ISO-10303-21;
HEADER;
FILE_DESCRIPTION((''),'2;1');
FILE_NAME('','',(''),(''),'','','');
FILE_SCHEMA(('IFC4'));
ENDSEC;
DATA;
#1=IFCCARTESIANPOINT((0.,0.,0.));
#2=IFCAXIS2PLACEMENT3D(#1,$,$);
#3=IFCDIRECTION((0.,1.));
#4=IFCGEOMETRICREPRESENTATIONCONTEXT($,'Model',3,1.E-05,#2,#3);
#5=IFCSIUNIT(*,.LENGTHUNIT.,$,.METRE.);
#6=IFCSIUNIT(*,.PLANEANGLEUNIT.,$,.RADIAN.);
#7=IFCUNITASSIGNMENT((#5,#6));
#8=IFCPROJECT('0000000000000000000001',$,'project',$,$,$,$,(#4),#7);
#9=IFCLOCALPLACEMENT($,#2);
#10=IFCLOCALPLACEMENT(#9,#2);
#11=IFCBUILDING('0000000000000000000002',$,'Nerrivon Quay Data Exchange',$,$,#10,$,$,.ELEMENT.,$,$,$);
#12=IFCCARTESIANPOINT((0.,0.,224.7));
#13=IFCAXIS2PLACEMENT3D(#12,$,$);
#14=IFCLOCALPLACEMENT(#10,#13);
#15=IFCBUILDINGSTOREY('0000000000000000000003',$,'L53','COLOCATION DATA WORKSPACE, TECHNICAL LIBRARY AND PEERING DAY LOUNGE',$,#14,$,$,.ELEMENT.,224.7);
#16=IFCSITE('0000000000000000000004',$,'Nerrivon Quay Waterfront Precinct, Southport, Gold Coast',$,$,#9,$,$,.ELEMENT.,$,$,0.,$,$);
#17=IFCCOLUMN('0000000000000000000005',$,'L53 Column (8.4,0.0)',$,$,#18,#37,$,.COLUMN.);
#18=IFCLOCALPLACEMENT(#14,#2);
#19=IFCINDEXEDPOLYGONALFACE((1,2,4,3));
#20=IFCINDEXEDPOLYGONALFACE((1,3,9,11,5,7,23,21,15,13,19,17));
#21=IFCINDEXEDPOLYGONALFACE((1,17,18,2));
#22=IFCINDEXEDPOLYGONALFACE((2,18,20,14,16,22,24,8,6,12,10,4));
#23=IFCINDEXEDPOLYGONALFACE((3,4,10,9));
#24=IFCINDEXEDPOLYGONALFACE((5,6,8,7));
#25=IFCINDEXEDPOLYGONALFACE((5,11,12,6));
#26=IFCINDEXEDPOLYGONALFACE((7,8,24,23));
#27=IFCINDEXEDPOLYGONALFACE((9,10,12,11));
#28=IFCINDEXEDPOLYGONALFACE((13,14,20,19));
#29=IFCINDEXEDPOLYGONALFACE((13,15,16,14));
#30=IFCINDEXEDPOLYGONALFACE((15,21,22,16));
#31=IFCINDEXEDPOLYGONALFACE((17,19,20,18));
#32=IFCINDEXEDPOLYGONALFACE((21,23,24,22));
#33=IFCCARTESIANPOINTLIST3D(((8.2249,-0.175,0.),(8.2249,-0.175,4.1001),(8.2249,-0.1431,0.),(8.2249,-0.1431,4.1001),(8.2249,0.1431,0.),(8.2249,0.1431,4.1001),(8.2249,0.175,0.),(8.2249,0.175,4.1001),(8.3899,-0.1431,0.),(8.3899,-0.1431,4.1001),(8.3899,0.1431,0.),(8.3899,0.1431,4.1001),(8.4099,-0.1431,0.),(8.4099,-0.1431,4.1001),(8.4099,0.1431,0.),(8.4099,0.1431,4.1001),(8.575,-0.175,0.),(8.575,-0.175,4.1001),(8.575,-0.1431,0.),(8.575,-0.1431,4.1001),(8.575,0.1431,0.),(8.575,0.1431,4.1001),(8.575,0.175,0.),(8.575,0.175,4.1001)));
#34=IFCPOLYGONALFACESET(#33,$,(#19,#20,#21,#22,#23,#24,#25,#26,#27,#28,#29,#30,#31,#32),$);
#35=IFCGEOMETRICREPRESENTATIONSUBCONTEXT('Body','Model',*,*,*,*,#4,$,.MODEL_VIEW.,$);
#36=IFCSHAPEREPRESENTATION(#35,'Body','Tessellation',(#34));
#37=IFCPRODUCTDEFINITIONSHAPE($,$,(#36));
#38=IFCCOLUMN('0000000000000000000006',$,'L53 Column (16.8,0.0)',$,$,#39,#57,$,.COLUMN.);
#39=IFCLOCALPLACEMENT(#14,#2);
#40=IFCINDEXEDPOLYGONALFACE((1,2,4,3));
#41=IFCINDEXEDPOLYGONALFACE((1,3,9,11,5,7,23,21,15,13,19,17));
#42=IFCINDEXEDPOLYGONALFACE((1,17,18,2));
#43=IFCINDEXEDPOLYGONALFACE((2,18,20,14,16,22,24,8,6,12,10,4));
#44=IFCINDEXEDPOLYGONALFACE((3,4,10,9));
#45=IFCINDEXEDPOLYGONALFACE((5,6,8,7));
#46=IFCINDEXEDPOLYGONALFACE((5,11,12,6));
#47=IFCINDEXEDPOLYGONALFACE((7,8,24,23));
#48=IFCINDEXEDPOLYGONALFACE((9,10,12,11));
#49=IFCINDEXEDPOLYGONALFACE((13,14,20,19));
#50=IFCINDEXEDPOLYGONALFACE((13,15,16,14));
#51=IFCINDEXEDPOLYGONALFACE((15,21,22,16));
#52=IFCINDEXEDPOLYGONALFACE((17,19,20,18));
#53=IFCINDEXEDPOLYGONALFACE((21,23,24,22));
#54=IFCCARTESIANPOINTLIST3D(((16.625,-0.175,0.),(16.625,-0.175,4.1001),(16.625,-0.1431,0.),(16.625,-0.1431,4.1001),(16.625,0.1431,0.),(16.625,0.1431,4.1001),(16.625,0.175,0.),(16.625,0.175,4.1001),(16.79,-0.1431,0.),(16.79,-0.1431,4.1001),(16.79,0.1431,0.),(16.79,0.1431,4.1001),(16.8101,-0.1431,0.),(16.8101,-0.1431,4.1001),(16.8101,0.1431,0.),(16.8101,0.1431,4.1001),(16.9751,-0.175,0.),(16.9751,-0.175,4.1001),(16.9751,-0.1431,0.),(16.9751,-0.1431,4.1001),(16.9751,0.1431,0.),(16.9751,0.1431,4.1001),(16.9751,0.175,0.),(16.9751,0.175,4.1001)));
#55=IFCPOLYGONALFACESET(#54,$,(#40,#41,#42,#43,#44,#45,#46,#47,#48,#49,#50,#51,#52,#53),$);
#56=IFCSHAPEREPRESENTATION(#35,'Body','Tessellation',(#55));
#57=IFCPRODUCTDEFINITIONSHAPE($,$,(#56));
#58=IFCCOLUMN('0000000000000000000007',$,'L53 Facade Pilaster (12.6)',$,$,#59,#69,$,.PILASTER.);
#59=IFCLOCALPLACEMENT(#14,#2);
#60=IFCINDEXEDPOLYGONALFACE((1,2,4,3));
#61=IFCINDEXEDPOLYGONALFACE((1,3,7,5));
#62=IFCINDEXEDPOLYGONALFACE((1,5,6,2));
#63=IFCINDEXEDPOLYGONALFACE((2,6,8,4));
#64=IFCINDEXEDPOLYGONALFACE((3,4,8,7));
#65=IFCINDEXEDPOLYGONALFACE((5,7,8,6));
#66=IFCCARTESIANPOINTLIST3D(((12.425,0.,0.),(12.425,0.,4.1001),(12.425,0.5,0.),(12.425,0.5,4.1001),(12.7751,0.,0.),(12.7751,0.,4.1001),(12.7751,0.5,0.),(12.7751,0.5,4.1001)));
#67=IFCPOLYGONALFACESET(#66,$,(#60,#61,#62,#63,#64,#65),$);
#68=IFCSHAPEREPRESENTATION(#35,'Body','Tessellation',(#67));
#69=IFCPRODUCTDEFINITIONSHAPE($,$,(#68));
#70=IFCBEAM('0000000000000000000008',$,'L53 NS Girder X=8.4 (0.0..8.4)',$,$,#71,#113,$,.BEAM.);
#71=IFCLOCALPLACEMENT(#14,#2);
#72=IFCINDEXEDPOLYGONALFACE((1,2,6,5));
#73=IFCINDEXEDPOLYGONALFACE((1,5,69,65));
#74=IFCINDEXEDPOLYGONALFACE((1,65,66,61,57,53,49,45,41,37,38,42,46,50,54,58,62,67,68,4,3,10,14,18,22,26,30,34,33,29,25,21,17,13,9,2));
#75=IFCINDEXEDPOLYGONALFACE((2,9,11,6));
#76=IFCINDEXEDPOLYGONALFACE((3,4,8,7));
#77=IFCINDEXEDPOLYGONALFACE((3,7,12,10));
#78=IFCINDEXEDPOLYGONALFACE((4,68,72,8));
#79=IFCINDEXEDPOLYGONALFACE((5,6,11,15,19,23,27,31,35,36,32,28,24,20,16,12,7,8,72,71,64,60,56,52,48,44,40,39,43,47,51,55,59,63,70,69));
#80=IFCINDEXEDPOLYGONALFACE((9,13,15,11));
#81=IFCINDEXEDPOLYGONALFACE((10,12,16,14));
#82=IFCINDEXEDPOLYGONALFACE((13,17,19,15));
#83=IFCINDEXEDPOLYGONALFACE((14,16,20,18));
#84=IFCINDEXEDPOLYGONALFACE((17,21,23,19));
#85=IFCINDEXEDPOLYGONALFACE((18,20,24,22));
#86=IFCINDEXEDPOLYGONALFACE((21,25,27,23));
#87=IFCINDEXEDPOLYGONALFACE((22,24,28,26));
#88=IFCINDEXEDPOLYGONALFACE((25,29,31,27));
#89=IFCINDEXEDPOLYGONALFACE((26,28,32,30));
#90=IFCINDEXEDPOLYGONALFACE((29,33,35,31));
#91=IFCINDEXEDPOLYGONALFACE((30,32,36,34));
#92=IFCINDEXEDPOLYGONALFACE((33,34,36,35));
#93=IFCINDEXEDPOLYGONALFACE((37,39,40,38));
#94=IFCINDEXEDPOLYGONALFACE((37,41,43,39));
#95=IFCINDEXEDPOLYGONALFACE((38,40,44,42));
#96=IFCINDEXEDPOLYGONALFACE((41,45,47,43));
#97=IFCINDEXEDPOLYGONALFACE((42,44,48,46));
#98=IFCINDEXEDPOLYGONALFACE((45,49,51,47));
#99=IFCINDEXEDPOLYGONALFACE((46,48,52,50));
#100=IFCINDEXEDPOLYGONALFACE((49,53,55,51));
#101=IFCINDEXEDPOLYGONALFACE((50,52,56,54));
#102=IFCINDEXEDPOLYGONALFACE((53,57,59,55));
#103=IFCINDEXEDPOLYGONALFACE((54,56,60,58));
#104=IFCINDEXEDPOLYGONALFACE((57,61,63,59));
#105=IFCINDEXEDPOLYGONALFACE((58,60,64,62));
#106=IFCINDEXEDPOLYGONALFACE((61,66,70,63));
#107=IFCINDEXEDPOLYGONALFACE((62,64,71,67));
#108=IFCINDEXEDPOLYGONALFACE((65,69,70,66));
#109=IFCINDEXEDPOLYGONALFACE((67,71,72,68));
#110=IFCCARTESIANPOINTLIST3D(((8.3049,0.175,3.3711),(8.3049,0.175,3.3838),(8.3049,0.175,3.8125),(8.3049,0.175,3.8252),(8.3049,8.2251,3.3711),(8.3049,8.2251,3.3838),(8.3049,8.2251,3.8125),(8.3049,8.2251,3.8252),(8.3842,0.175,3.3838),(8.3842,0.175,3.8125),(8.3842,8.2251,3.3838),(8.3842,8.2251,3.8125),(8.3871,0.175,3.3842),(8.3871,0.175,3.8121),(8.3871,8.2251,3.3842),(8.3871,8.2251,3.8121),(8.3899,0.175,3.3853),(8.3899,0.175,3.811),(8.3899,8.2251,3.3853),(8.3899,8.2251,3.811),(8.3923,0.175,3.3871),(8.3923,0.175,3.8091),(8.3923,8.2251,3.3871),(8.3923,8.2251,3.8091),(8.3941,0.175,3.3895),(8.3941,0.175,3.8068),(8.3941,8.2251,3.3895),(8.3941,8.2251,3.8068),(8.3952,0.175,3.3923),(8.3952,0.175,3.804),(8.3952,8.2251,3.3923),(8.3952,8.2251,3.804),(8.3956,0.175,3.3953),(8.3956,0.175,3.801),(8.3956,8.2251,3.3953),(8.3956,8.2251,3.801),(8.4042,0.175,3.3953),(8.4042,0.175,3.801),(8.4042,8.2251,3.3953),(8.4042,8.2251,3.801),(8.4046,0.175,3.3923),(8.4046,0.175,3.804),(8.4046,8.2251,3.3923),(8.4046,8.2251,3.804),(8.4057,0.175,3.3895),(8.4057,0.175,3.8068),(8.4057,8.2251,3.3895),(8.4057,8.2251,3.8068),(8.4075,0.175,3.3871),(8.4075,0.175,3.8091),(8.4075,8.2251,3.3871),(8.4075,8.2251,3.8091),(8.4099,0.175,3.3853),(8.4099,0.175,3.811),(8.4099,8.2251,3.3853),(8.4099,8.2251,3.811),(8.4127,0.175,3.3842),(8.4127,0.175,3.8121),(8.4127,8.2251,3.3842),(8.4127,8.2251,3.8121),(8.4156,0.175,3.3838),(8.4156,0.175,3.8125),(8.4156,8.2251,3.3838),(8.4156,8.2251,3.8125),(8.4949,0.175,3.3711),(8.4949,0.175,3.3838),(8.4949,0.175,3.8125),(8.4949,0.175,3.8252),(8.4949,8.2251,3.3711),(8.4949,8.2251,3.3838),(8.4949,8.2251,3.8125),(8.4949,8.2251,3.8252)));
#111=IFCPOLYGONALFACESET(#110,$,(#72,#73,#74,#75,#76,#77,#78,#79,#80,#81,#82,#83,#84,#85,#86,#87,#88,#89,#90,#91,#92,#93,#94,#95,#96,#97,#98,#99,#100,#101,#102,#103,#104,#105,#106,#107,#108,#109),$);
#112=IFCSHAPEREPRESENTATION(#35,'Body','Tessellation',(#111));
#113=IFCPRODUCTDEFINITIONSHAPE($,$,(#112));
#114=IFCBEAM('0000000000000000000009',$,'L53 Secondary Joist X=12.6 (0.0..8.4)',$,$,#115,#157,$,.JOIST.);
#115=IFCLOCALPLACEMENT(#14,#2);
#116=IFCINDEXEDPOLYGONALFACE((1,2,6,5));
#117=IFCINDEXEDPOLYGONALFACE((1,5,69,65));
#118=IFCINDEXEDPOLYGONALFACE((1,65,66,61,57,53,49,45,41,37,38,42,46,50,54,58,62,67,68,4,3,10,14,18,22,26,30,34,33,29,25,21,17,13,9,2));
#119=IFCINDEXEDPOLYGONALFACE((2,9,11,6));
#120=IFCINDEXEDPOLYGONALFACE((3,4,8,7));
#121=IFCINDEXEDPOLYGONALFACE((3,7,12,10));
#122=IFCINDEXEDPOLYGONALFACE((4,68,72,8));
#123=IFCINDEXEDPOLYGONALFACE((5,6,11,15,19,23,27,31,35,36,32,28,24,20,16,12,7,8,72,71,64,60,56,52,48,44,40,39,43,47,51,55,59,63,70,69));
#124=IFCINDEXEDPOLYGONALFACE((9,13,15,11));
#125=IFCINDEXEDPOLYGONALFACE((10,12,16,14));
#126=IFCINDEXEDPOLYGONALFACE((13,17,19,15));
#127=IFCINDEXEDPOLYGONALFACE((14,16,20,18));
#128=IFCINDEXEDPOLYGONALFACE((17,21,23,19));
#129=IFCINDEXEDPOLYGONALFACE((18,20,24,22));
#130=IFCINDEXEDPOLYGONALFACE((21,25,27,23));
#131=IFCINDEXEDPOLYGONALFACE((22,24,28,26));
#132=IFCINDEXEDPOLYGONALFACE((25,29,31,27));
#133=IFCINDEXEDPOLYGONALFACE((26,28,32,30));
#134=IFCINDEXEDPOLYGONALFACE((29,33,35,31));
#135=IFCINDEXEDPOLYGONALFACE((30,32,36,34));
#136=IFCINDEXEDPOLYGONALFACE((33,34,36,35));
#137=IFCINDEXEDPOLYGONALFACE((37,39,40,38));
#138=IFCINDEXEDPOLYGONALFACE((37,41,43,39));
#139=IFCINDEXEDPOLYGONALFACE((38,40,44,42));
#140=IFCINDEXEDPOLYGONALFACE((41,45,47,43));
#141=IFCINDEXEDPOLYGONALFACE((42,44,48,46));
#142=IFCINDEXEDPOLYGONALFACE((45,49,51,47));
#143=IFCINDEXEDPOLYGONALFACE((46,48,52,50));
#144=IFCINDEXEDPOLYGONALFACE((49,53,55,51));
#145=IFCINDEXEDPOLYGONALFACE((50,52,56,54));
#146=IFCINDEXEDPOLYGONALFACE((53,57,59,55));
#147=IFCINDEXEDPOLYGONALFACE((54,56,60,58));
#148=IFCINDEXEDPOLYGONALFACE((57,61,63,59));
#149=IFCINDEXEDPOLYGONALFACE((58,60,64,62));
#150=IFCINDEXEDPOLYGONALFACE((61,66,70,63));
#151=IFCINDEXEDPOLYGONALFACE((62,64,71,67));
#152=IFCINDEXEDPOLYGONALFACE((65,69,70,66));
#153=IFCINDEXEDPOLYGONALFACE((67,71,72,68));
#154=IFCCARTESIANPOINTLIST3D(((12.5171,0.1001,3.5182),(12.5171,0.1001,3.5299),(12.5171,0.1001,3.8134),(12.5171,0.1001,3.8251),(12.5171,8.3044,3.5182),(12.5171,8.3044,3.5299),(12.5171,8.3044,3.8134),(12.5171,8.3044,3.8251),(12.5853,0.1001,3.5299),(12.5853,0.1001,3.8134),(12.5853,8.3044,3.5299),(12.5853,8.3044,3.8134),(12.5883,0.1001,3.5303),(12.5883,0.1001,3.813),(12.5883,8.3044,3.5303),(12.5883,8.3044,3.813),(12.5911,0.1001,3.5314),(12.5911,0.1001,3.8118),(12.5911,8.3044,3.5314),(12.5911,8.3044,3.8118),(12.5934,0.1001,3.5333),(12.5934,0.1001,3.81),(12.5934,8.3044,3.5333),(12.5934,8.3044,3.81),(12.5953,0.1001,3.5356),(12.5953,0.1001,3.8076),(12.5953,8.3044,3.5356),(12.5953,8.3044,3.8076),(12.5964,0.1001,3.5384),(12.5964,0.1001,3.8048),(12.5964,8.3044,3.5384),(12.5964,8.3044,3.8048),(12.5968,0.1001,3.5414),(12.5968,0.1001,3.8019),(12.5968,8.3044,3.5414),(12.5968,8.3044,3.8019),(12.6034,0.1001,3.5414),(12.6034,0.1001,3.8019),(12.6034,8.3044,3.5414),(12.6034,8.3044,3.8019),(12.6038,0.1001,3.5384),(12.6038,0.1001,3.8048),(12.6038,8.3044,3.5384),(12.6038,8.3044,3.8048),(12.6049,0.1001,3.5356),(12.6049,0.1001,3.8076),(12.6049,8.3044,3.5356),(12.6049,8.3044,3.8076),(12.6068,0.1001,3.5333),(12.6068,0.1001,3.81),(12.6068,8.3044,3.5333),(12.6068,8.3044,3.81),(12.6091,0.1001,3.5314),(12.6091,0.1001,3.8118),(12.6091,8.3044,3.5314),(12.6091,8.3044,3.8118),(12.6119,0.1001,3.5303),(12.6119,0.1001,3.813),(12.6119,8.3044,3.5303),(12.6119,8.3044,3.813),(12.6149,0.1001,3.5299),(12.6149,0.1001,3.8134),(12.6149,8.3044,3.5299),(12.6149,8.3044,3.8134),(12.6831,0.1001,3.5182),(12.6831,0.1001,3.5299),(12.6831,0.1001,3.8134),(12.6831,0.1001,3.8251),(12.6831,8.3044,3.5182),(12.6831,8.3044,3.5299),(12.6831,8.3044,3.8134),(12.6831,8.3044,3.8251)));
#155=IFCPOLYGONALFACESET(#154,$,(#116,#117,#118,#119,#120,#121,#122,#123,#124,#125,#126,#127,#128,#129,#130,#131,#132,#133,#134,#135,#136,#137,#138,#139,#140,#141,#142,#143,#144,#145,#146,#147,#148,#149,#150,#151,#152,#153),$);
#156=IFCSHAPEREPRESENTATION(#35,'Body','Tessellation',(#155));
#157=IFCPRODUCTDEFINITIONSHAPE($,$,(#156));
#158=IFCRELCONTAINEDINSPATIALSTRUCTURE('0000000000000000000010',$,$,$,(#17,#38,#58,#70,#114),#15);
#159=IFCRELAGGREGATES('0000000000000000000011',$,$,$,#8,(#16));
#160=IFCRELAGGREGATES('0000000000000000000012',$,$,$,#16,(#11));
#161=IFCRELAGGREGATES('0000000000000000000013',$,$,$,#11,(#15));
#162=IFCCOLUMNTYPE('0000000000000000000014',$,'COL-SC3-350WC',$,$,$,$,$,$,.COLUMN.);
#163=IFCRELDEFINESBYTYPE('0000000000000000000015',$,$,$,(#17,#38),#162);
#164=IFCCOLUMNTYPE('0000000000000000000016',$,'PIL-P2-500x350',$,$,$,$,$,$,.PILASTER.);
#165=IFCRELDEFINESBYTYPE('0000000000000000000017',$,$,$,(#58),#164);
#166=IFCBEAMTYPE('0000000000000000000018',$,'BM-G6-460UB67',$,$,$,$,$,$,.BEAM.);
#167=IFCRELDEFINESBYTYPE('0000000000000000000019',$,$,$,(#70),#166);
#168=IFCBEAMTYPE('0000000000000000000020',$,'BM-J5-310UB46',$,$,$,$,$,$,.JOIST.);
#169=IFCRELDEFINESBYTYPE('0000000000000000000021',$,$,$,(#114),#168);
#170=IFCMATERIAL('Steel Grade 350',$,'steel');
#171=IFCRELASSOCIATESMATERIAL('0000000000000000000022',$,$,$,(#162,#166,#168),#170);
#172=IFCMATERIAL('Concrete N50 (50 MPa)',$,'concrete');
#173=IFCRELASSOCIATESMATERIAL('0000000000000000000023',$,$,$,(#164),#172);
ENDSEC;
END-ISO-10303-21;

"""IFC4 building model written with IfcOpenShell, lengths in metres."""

from ifc_helpers import new_model, si_unit, direction, frame, origin, origin_2d, place, context, subcontext, project, spatial, rectangle, i_section, extrude, material, material_profile, profile_set, type_object, element, save


model = new_model("IFC4")

# Units and contexts
model_context = context("Model", 3, precision=1e-05, world=origin(), true_north=direction((0.0, 1.0)))
body_context = subcontext(model_context, "Body", "Model", "MODEL_VIEW")
ifc_project = project(units=[si_unit("LENGTHUNIT", "METRE"), si_unit("PLANEANGLEUNIT", "RADIAN")], contexts=[model_context])

# Site, building, storey
site_placement = place(None, origin())
site = spatial("IfcSite", under=ifc_project, at=site_placement, Name="Nerrivon Quay Waterfront Precinct, Southport, Gold Coast", CompositionType="ELEMENT", RefElevation=0.0)
building_placement = place(site_placement, origin())
building = spatial("IfcBuilding", under=site, at=building_placement, Name="Nerrivon Quay Data Exchange", CompositionType="ELEMENT")
storey_placement = place(building_placement, frame((0.0, 0.0, 224.7)))
storey = spatial("IfcBuildingStorey", under=building, at=storey_placement, Name="L53", Description="COLOCATION DATA WORKSPACE, TECHNICAL LIBRARY AND PEERING DAY LOUNGE", CompositionType="ELEMENT", Elevation=224.7)

# Columns
ifc_material_1 = material(Name="Steel Grade 350", Category="steel")
ifc_material_profile_1 = material_profile(ifc_material_1, i_section(OverallWidth=0.3501, OverallDepth=0.3501, WebThickness=0.02, FlangeThickness=0.032, at=origin_2d()), Name="350WC230")
ifc_profile_set_1 = profile_set([ifc_material_profile_1], Name="Steel Grade 350")
column_type_1 = type_object("IfcColumnType", Name="COL-SC3-350WC", PredefinedType="COLUMN", material=ifc_profile_set_1)
for number, where, z_axis, x_axis, name in (
    (1, (8.3999, 0.0, 0.0), (0.0, 0.0, 1.0), (1.0, 0.0, 0.0), "L53 Column (8.4,0.0)"),
    (2, (16.8, 0.0, 0.0), (0.0, 0.0, 1.0), (1.0, 0.0, 0.0), "L53 Column (16.8,0.0)"),
):
    element("IfcColumn", number, at=place(storey_placement, frame(where, z_axis=z_axis, x_axis=x_axis)), inside=storey, type_object=column_type_1, Name=name, PredefinedType="COLUMN", context=body_context, shape_type="SweptSolid", body=[
        extrude(i_section(OverallWidth=0.3501, OverallDepth=0.3501, WebThickness=0.02, FlangeThickness=0.032, at=origin_2d()), origin(), (0.0, 0.0, 1.0), 4.1001),
    ])
ifc_material_2 = material(Name="Concrete N50 (50 MPa)", Category="concrete")
ifc_material_profile_2 = material_profile(ifc_material_2, rectangle(XDim=0.3501, YDim=0.5, at=origin_2d()), Name="RC-PIL-500x350")
ifc_profile_set_2 = profile_set([ifc_material_profile_2], Name="Concrete N50 (50 MPa)")
column_type_2 = type_object("IfcColumnType", Name="PIL-P2-500x350", PredefinedType="PILASTER", material=ifc_profile_set_2)
column_placement = place(storey_placement, frame((12.6001, 0.25, 0.0), z_axis=(0.0, 0.0, 1.0), x_axis=(1.0, 0.0, 0.0)))
element("IfcColumn", 3, at=column_placement, inside=storey, type_object=column_type_2, Name="L53 Facade Pilaster (12.6)", PredefinedType="PILASTER", context=body_context, shape_type="SweptSolid", body=[
    extrude(rectangle(XDim=0.3501, YDim=0.5, at=origin_2d()), origin(), (0.0, 0.0, 1.0), 4.1001),
])

# Beams
ifc_material_profile_3 = material_profile(ifc_material_1, i_section(OverallWidth=0.1899, OverallDepth=0.4541, WebThickness=0.0085, FlangeThickness=0.0127, FilletRadius=0.0115, at=origin_2d()), Name="460UB67.1")
ifc_profile_set_3 = profile_set([ifc_material_profile_3], Name="Steel Grade 350")
beam_type_1 = type_object("IfcBeamType", Name="BM-G6-460UB67", PredefinedType="BEAM", material=ifc_profile_set_3)
beam_1_placement = place(storey_placement, frame((8.3999, 0.175, 3.5981), z_axis=(0.0, 1.0, 0.0), x_axis=(-1.0, 0.0, 0.0)))
element("IfcBeam", 4, at=beam_1_placement, inside=storey, type_object=beam_type_1, Name="L53 NS Girder X=8.4 (0.0..8.4)", PredefinedType="BEAM", context=body_context, shape_type="SweptSolid", body=[
    extrude(i_section(OverallWidth=0.1899, OverallDepth=0.4541, WebThickness=0.0085, FlangeThickness=0.0127, FilletRadius=0.0115, at=origin_2d()), origin(), (0.0, 0.0, 1.0), 8.05),
])
ifc_material_profile_4 = material_profile(ifc_material_1, i_section(OverallWidth=0.166, OverallDepth=0.3069, WebThickness=0.0066, FlangeThickness=0.0117, FilletRadius=0.0115, at=origin_2d()), Name="310UB46.2")
ifc_profile_set_4 = profile_set([ifc_material_profile_4], Name="Steel Grade 350")
beam_type_2 = type_object("IfcBeamType", Name="BM-J5-310UB46", PredefinedType="JOIST", material=ifc_profile_set_4)
beam_2_placement = place(storey_placement, frame((12.6001, 0.1001, 3.6716), z_axis=(0.0, 1.0, 0.0), x_axis=(-1.0, 0.0, 0.0)))
element("IfcBeam", 5, at=beam_2_placement, inside=storey, type_object=beam_type_2, Name="L53 Secondary Joist X=12.6 (0.0..8.4)", PredefinedType="JOIST", context=body_context, shape_type="SweptSolid", body=[
    extrude(i_section(OverallWidth=0.166, OverallDepth=0.3069, WebThickness=0.0066, FlangeThickness=0.0117, FilletRadius=0.0115, at=origin_2d()), origin(), (0.0, 0.0, 1.0), 8.2043),
])

save(model, "model.ifc")
